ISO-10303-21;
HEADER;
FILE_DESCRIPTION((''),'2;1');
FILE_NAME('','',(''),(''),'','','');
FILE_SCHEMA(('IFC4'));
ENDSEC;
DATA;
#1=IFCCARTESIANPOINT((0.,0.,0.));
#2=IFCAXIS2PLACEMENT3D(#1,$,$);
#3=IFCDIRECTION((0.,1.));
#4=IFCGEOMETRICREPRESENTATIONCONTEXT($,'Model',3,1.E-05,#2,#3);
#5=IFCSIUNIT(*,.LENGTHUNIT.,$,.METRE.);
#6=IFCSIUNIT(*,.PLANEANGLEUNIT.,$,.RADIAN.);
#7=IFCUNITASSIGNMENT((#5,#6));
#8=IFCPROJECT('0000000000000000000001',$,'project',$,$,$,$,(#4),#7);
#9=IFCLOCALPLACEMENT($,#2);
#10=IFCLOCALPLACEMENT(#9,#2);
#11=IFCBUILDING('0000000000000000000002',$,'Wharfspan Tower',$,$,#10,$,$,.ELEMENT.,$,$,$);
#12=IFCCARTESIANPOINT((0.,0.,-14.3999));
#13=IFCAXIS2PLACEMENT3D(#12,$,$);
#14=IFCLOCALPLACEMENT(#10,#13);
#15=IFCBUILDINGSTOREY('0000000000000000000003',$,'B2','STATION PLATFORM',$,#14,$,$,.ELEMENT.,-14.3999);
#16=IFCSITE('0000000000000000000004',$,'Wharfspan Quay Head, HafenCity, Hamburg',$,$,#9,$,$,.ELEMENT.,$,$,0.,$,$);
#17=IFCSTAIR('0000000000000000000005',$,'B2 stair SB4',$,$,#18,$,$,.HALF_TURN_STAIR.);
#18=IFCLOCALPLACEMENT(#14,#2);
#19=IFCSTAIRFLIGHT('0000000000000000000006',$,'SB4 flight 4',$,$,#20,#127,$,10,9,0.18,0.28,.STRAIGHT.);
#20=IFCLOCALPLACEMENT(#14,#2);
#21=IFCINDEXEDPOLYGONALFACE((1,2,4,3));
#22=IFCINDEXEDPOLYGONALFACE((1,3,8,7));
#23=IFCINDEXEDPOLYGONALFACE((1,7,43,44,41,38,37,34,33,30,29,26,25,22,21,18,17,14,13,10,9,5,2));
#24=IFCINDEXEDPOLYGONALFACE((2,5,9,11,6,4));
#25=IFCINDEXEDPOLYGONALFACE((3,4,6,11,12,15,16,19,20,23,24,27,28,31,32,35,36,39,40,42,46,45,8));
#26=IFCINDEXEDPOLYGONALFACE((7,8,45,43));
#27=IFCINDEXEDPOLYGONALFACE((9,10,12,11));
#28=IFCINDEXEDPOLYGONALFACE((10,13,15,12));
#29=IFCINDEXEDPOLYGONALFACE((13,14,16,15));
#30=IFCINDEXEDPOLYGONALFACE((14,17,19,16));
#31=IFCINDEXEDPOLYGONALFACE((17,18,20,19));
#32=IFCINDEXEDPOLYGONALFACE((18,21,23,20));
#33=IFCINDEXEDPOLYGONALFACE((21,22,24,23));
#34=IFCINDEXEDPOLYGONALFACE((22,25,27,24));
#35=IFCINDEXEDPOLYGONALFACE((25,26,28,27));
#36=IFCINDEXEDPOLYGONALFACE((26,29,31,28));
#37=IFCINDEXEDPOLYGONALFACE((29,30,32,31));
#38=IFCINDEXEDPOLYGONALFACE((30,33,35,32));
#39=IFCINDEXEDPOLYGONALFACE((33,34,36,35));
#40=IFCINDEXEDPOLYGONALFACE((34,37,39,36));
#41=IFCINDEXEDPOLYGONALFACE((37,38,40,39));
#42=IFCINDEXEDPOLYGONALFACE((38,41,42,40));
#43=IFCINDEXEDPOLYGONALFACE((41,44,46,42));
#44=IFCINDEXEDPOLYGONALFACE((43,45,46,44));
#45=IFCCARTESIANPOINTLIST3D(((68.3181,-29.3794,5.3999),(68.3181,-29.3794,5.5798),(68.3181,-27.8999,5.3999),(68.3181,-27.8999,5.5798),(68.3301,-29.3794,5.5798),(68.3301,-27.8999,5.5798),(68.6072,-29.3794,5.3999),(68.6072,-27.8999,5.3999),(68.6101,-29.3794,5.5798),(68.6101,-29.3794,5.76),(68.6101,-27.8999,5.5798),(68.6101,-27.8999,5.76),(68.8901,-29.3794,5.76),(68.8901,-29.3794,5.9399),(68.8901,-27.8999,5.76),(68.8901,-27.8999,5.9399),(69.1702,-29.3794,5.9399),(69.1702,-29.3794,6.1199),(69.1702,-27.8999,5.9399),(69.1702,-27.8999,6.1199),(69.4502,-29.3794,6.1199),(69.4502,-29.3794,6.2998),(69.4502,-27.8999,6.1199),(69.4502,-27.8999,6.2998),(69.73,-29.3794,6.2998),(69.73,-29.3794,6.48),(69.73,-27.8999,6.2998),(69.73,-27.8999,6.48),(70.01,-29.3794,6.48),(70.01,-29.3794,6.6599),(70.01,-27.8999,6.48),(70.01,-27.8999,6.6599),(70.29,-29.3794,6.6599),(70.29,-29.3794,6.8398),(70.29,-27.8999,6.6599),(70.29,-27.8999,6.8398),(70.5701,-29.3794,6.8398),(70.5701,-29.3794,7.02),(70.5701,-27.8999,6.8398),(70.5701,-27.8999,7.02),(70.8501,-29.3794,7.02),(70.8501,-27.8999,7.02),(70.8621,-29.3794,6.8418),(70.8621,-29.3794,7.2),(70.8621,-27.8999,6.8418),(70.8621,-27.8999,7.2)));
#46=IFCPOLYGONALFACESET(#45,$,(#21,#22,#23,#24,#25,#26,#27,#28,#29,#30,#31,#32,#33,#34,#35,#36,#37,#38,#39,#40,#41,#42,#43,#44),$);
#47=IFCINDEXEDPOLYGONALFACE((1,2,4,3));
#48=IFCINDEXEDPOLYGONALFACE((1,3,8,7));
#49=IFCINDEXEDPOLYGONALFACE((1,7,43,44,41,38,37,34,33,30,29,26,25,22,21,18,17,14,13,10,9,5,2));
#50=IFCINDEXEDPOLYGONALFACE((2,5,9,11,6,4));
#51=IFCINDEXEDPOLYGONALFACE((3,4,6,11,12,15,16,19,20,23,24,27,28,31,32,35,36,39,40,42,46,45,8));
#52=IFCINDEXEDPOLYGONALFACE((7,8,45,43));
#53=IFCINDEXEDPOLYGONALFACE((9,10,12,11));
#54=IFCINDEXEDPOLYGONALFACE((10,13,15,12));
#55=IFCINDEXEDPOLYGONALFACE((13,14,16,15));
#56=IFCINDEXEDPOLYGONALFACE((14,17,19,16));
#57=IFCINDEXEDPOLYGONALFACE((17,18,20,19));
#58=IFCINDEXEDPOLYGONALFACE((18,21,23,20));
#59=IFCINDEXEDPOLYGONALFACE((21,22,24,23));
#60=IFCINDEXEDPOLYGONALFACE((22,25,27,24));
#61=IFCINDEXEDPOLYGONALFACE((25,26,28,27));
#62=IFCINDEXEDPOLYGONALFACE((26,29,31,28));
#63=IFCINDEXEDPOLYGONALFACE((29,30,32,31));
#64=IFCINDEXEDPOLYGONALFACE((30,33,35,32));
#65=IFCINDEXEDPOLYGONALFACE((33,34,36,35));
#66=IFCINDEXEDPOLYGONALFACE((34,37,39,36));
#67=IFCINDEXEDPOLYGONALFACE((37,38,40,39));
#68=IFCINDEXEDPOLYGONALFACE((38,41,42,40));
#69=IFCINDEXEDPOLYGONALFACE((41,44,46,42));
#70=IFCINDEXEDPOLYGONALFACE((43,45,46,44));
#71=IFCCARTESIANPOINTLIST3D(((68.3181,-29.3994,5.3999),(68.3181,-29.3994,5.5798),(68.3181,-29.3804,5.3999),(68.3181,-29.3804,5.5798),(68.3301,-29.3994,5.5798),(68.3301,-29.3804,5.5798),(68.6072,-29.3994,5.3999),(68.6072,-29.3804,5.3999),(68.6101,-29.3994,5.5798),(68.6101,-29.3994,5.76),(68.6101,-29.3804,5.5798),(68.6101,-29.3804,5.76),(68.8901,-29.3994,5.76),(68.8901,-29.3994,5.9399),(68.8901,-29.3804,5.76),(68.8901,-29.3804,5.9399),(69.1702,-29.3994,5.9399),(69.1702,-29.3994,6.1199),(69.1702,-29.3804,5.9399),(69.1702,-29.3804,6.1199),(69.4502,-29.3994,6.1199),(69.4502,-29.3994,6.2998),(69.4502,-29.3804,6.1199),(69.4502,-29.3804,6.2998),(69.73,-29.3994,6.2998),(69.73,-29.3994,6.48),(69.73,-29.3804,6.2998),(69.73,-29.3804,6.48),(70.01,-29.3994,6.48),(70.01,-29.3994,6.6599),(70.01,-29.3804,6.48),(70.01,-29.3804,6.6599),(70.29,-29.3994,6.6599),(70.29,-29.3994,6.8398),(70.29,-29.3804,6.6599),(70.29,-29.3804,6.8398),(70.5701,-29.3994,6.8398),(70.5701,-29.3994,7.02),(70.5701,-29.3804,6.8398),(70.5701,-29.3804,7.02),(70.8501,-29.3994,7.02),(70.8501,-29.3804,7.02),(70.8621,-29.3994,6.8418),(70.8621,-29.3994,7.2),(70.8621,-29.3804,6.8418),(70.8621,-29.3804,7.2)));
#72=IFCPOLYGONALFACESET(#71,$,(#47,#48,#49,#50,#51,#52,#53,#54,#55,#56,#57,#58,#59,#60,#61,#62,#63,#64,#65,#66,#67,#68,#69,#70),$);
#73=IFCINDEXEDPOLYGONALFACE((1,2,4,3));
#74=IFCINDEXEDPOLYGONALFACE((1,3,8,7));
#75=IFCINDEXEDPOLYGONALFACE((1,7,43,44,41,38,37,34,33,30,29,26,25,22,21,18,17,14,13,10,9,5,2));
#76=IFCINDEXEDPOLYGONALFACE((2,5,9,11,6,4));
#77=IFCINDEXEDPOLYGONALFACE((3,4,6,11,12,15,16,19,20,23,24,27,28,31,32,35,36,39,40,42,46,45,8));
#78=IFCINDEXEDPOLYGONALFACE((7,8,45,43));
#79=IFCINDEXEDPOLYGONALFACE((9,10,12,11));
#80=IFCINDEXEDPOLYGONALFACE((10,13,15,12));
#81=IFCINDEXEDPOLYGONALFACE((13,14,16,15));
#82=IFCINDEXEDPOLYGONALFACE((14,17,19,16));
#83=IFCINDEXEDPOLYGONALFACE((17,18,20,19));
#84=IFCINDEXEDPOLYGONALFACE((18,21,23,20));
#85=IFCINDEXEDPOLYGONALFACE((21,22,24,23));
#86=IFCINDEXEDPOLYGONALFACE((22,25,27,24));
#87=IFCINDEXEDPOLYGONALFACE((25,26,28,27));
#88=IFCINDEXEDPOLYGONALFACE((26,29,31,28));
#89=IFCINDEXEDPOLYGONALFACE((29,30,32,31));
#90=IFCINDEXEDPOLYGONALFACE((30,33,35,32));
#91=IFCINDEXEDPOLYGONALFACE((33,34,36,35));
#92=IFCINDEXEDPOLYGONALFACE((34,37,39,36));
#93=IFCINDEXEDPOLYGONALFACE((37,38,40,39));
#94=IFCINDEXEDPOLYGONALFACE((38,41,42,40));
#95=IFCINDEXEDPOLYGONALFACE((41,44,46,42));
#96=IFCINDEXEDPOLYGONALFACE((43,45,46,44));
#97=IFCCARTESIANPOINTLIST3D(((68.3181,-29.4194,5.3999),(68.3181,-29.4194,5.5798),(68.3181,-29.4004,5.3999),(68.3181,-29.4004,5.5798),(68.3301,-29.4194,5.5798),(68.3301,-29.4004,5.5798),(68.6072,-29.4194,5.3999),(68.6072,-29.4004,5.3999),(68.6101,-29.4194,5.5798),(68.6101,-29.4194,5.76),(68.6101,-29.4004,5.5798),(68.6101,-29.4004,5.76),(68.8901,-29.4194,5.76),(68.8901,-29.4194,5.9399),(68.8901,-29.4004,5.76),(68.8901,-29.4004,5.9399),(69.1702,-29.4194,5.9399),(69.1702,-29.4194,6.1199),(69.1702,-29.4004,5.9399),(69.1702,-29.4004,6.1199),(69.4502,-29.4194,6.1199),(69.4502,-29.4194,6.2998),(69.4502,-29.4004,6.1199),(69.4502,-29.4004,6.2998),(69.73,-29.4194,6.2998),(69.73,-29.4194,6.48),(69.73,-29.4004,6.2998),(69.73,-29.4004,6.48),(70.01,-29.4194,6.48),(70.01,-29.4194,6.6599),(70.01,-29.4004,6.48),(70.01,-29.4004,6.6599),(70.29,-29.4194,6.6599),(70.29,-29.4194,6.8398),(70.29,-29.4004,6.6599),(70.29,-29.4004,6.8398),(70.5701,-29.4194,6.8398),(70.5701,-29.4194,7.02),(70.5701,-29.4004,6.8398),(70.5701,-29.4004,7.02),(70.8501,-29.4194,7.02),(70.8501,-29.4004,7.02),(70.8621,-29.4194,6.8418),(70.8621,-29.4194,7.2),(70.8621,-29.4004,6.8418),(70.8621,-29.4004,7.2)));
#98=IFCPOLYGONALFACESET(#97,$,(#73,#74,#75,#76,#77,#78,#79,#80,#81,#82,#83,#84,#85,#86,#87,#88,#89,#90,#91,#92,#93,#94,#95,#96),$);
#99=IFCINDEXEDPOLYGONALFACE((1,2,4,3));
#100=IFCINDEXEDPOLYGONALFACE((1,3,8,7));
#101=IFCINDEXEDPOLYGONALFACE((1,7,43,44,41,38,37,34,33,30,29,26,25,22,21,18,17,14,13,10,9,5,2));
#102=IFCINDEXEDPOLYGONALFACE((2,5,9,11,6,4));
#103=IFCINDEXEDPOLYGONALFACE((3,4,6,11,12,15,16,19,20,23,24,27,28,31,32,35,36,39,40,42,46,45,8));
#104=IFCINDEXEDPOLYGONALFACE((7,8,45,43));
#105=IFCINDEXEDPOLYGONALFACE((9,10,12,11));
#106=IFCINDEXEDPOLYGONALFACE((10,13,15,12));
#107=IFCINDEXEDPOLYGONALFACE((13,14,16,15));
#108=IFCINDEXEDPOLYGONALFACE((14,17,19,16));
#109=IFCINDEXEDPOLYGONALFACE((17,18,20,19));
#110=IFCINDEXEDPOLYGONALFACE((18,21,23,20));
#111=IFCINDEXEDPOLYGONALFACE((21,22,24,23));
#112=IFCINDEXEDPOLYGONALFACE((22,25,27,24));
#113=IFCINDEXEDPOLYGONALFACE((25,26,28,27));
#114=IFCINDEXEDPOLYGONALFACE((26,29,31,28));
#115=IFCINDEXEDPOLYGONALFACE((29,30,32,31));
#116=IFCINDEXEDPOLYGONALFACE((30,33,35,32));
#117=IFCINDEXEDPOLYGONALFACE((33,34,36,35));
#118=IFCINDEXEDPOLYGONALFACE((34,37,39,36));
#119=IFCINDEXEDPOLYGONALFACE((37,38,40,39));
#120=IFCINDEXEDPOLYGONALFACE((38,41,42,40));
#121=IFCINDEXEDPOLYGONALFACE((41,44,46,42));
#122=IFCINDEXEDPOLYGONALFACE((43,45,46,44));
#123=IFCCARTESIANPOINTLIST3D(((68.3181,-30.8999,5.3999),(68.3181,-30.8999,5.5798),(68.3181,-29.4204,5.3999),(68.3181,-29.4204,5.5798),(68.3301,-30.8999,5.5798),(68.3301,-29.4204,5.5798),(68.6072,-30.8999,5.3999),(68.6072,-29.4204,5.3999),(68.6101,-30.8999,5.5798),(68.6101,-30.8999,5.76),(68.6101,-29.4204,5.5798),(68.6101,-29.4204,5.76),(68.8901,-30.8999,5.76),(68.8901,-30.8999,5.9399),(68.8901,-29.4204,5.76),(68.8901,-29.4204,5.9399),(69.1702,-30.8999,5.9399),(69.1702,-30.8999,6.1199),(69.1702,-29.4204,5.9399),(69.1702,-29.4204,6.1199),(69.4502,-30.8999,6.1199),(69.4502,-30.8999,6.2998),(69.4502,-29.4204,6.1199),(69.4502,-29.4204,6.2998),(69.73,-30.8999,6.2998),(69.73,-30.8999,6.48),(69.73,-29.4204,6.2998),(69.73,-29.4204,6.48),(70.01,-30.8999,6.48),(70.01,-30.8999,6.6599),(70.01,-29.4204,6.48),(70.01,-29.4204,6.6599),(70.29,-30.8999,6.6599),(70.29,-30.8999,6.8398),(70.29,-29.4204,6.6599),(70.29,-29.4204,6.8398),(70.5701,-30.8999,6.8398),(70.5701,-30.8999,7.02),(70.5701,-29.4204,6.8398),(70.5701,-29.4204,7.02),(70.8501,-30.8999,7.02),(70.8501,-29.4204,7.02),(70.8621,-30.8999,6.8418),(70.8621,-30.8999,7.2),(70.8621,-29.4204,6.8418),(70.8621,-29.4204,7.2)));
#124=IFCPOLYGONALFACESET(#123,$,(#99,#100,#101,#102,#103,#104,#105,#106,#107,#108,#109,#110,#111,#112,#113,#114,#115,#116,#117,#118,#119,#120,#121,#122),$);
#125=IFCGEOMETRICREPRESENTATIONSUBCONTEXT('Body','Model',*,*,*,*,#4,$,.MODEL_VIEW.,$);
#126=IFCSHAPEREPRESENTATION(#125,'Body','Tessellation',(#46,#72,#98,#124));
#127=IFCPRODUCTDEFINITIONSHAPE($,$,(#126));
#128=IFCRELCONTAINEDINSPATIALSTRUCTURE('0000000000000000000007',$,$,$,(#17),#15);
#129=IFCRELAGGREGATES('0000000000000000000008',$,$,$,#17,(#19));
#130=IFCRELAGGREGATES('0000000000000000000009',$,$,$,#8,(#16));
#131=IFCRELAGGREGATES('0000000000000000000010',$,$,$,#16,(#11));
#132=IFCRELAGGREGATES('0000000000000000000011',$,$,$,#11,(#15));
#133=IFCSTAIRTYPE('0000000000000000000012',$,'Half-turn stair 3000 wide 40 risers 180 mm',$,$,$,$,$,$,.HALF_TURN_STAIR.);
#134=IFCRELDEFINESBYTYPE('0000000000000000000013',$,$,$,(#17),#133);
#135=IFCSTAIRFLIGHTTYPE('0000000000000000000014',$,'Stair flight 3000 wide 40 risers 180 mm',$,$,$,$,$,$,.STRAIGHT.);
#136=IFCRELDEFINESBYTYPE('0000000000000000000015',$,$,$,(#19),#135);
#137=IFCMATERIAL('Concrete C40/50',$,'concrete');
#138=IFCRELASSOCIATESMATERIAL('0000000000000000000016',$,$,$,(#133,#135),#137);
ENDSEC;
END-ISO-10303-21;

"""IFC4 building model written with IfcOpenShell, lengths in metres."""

from ifc_helpers import new_model, si_unit, direction, frame, origin, place, context, subcontext, project, spatial, polyline, outline, extrude, material, type_object, element, aggregate, save


model = new_model("IFC4")

# Units and contexts
model_context = context("Model", 3, precision=1e-05, world=origin(), true_north=direction((0.0, 1.0)))
body_context = subcontext(model_context, "Body", "Model", "MODEL_VIEW")
ifc_project = project(units=[si_unit("LENGTHUNIT", "METRE"), si_unit("PLANEANGLEUNIT", "RADIAN")], contexts=[model_context])

# Site, building, storey
site_placement = place(None, origin())
site = spatial("IfcSite", under=ifc_project, at=site_placement, Name="Wharfspan Quay Head, HafenCity, Hamburg", CompositionType="ELEMENT", RefElevation=0.0)
building_placement = place(site_placement, origin())
building = spatial("IfcBuilding", under=site, at=building_placement, Name="Wharfspan Tower", CompositionType="ELEMENT")
storey_placement = place(building_placement, frame((0.0, 0.0, -14.3999)))
storey = spatial("IfcBuildingStorey", under=building, at=storey_placement, Name="B2", Description="STATION PLATFORM", CompositionType="ELEMENT", Elevation=-14.3999)

# Shared definitions
ifc_material_1 = material(Name="Concrete C40/50", Category="concrete")

# Stair, stair flight
stair_type = type_object("IfcStairType", Name="Half-turn stair 3000 wide 40 risers 180 mm", PredefinedType="HALF_TURN_STAIR", material=ifc_material_1)
stair_flight_type = type_object("IfcStairFlightType", Name="Stair flight 3000 wide 40 risers 180 mm", PredefinedType="STRAIGHT", material=ifc_material_1)
stair_1_placement = place(storey_placement, origin())
stair_1 = element("IfcStair", 1, at=stair_1_placement, inside=storey, type_object=stair_type, Name="B2 stair SB4", PredefinedType="HALF_TURN_STAIR")
stair_flight_1_placement = place(storey_placement, frame((68.3301, -29.3999, 5.3999), z_axis=(0.0, 0.0, 1.0), x_axis=(1.0, 0.0, 0.0)))
stair_flight_1 = element("IfcStairFlight", 2, at=stair_flight_1_placement, type_object=stair_flight_type, Name="SB4 flight 4", NumberOfRisers=10, NumberOfTreads=9, PredefinedType="STRAIGHT", RiserHeight=0.18, TreadLength=0.28, context=body_context, shape_type="SweptSolid", body=[
    extrude(outline(polyline([(-0.012, 0.0), (-0.012, 0.1799), (0.0, 0.1799), (0.28, 0.1799), (0.28, 0.3601), (0.5601, 0.3601), (0.5601, 0.54), (0.8401, 0.54), (0.8401, 0.72), (1.1201, 0.72), (1.1201, 0.8999), (1.3999, 0.8999), (1.3999, 1.0801), (1.6799, 1.0801), (1.6799, 1.26), (1.96, 1.26), (1.96, 1.4399), (2.24, 1.4399), (2.24, 1.6201), (2.52, 1.6201), (2.532, 1.8), (2.532, 1.4419), (0.2771, 0.0), (-0.012, 0.0)])), frame((0.0, 1.5, 0.0), z_axis=(0.0, -1.0, 0.0), x_axis=(1.0, 0.0, 0.0)), (0.0, 0.0, 1.0), 1.4795),
    extrude(outline(polyline([(-0.012, 0.0), (-0.012, 0.1799), (0.0, 0.1799), (0.28, 0.1799), (0.28, 0.3601), (0.5601, 0.3601), (0.5601, 0.54), (0.8401, 0.54), (0.8401, 0.72), (1.1201, 0.72), (1.1201, 0.8999), (1.3999, 0.8999), (1.3999, 1.0801), (1.6799, 1.0801), (1.6799, 1.26), (1.96, 1.26), (1.96, 1.4399), (2.24, 1.4399), (2.24, 1.6201), (2.52, 1.6201), (2.532, 1.8), (2.532, 1.4419), (0.2771, 0.0), (-0.012, 0.0)])), frame((0.0, 0.0195, 0.0), z_axis=(0.0, -1.0, 0.0), x_axis=(1.0, 0.0, 0.0)), (0.0, 0.0, 1.0), 0.019),
    extrude(outline(polyline([(-0.012, 0.0), (-0.012, 0.1799), (0.0, 0.1799), (0.28, 0.1799), (0.28, 0.3601), (0.5601, 0.3601), (0.5601, 0.54), (0.8401, 0.54), (0.8401, 0.72), (1.1201, 0.72), (1.1201, 0.8999), (1.3999, 0.8999), (1.3999, 1.0801), (1.6799, 1.0801), (1.6799, 1.26), (1.96, 1.26), (1.96, 1.4399), (2.24, 1.4399), (2.24, 1.6201), (2.52, 1.6201), (2.532, 1.8), (2.532, 1.4419), (0.2771, 0.0), (-0.012, 0.0)])), frame((0.0, -0.0005, 0.0), z_axis=(0.0, -1.0, 0.0), x_axis=(1.0, 0.0, 0.0)), (0.0, 0.0, 1.0), 0.019),
    extrude(outline(polyline([(-0.012, 0.0), (-0.012, 0.1799), (0.0, 0.1799), (0.28, 0.1799), (0.28, 0.3601), (0.5601, 0.3601), (0.5601, 0.54), (0.8401, 0.54), (0.8401, 0.72), (1.1201, 0.72), (1.1201, 0.8999), (1.3999, 0.8999), (1.3999, 1.0801), (1.6799, 1.0801), (1.6799, 1.26), (1.96, 1.26), (1.96, 1.4399), (2.24, 1.4399), (2.24, 1.6201), (2.52, 1.6201), (2.532, 1.8), (2.532, 1.4419), (0.2771, 0.0), (-0.012, 0.0)])), frame((0.0, -0.0205, 0.0), z_axis=(0.0, -1.0, 0.0), x_axis=(1.0, 0.0, 0.0)), (0.0, 0.0, 1.0), 1.4795),
])
aggregate(stair_1, [stair_flight_1])

save(model, "model.ifc")
